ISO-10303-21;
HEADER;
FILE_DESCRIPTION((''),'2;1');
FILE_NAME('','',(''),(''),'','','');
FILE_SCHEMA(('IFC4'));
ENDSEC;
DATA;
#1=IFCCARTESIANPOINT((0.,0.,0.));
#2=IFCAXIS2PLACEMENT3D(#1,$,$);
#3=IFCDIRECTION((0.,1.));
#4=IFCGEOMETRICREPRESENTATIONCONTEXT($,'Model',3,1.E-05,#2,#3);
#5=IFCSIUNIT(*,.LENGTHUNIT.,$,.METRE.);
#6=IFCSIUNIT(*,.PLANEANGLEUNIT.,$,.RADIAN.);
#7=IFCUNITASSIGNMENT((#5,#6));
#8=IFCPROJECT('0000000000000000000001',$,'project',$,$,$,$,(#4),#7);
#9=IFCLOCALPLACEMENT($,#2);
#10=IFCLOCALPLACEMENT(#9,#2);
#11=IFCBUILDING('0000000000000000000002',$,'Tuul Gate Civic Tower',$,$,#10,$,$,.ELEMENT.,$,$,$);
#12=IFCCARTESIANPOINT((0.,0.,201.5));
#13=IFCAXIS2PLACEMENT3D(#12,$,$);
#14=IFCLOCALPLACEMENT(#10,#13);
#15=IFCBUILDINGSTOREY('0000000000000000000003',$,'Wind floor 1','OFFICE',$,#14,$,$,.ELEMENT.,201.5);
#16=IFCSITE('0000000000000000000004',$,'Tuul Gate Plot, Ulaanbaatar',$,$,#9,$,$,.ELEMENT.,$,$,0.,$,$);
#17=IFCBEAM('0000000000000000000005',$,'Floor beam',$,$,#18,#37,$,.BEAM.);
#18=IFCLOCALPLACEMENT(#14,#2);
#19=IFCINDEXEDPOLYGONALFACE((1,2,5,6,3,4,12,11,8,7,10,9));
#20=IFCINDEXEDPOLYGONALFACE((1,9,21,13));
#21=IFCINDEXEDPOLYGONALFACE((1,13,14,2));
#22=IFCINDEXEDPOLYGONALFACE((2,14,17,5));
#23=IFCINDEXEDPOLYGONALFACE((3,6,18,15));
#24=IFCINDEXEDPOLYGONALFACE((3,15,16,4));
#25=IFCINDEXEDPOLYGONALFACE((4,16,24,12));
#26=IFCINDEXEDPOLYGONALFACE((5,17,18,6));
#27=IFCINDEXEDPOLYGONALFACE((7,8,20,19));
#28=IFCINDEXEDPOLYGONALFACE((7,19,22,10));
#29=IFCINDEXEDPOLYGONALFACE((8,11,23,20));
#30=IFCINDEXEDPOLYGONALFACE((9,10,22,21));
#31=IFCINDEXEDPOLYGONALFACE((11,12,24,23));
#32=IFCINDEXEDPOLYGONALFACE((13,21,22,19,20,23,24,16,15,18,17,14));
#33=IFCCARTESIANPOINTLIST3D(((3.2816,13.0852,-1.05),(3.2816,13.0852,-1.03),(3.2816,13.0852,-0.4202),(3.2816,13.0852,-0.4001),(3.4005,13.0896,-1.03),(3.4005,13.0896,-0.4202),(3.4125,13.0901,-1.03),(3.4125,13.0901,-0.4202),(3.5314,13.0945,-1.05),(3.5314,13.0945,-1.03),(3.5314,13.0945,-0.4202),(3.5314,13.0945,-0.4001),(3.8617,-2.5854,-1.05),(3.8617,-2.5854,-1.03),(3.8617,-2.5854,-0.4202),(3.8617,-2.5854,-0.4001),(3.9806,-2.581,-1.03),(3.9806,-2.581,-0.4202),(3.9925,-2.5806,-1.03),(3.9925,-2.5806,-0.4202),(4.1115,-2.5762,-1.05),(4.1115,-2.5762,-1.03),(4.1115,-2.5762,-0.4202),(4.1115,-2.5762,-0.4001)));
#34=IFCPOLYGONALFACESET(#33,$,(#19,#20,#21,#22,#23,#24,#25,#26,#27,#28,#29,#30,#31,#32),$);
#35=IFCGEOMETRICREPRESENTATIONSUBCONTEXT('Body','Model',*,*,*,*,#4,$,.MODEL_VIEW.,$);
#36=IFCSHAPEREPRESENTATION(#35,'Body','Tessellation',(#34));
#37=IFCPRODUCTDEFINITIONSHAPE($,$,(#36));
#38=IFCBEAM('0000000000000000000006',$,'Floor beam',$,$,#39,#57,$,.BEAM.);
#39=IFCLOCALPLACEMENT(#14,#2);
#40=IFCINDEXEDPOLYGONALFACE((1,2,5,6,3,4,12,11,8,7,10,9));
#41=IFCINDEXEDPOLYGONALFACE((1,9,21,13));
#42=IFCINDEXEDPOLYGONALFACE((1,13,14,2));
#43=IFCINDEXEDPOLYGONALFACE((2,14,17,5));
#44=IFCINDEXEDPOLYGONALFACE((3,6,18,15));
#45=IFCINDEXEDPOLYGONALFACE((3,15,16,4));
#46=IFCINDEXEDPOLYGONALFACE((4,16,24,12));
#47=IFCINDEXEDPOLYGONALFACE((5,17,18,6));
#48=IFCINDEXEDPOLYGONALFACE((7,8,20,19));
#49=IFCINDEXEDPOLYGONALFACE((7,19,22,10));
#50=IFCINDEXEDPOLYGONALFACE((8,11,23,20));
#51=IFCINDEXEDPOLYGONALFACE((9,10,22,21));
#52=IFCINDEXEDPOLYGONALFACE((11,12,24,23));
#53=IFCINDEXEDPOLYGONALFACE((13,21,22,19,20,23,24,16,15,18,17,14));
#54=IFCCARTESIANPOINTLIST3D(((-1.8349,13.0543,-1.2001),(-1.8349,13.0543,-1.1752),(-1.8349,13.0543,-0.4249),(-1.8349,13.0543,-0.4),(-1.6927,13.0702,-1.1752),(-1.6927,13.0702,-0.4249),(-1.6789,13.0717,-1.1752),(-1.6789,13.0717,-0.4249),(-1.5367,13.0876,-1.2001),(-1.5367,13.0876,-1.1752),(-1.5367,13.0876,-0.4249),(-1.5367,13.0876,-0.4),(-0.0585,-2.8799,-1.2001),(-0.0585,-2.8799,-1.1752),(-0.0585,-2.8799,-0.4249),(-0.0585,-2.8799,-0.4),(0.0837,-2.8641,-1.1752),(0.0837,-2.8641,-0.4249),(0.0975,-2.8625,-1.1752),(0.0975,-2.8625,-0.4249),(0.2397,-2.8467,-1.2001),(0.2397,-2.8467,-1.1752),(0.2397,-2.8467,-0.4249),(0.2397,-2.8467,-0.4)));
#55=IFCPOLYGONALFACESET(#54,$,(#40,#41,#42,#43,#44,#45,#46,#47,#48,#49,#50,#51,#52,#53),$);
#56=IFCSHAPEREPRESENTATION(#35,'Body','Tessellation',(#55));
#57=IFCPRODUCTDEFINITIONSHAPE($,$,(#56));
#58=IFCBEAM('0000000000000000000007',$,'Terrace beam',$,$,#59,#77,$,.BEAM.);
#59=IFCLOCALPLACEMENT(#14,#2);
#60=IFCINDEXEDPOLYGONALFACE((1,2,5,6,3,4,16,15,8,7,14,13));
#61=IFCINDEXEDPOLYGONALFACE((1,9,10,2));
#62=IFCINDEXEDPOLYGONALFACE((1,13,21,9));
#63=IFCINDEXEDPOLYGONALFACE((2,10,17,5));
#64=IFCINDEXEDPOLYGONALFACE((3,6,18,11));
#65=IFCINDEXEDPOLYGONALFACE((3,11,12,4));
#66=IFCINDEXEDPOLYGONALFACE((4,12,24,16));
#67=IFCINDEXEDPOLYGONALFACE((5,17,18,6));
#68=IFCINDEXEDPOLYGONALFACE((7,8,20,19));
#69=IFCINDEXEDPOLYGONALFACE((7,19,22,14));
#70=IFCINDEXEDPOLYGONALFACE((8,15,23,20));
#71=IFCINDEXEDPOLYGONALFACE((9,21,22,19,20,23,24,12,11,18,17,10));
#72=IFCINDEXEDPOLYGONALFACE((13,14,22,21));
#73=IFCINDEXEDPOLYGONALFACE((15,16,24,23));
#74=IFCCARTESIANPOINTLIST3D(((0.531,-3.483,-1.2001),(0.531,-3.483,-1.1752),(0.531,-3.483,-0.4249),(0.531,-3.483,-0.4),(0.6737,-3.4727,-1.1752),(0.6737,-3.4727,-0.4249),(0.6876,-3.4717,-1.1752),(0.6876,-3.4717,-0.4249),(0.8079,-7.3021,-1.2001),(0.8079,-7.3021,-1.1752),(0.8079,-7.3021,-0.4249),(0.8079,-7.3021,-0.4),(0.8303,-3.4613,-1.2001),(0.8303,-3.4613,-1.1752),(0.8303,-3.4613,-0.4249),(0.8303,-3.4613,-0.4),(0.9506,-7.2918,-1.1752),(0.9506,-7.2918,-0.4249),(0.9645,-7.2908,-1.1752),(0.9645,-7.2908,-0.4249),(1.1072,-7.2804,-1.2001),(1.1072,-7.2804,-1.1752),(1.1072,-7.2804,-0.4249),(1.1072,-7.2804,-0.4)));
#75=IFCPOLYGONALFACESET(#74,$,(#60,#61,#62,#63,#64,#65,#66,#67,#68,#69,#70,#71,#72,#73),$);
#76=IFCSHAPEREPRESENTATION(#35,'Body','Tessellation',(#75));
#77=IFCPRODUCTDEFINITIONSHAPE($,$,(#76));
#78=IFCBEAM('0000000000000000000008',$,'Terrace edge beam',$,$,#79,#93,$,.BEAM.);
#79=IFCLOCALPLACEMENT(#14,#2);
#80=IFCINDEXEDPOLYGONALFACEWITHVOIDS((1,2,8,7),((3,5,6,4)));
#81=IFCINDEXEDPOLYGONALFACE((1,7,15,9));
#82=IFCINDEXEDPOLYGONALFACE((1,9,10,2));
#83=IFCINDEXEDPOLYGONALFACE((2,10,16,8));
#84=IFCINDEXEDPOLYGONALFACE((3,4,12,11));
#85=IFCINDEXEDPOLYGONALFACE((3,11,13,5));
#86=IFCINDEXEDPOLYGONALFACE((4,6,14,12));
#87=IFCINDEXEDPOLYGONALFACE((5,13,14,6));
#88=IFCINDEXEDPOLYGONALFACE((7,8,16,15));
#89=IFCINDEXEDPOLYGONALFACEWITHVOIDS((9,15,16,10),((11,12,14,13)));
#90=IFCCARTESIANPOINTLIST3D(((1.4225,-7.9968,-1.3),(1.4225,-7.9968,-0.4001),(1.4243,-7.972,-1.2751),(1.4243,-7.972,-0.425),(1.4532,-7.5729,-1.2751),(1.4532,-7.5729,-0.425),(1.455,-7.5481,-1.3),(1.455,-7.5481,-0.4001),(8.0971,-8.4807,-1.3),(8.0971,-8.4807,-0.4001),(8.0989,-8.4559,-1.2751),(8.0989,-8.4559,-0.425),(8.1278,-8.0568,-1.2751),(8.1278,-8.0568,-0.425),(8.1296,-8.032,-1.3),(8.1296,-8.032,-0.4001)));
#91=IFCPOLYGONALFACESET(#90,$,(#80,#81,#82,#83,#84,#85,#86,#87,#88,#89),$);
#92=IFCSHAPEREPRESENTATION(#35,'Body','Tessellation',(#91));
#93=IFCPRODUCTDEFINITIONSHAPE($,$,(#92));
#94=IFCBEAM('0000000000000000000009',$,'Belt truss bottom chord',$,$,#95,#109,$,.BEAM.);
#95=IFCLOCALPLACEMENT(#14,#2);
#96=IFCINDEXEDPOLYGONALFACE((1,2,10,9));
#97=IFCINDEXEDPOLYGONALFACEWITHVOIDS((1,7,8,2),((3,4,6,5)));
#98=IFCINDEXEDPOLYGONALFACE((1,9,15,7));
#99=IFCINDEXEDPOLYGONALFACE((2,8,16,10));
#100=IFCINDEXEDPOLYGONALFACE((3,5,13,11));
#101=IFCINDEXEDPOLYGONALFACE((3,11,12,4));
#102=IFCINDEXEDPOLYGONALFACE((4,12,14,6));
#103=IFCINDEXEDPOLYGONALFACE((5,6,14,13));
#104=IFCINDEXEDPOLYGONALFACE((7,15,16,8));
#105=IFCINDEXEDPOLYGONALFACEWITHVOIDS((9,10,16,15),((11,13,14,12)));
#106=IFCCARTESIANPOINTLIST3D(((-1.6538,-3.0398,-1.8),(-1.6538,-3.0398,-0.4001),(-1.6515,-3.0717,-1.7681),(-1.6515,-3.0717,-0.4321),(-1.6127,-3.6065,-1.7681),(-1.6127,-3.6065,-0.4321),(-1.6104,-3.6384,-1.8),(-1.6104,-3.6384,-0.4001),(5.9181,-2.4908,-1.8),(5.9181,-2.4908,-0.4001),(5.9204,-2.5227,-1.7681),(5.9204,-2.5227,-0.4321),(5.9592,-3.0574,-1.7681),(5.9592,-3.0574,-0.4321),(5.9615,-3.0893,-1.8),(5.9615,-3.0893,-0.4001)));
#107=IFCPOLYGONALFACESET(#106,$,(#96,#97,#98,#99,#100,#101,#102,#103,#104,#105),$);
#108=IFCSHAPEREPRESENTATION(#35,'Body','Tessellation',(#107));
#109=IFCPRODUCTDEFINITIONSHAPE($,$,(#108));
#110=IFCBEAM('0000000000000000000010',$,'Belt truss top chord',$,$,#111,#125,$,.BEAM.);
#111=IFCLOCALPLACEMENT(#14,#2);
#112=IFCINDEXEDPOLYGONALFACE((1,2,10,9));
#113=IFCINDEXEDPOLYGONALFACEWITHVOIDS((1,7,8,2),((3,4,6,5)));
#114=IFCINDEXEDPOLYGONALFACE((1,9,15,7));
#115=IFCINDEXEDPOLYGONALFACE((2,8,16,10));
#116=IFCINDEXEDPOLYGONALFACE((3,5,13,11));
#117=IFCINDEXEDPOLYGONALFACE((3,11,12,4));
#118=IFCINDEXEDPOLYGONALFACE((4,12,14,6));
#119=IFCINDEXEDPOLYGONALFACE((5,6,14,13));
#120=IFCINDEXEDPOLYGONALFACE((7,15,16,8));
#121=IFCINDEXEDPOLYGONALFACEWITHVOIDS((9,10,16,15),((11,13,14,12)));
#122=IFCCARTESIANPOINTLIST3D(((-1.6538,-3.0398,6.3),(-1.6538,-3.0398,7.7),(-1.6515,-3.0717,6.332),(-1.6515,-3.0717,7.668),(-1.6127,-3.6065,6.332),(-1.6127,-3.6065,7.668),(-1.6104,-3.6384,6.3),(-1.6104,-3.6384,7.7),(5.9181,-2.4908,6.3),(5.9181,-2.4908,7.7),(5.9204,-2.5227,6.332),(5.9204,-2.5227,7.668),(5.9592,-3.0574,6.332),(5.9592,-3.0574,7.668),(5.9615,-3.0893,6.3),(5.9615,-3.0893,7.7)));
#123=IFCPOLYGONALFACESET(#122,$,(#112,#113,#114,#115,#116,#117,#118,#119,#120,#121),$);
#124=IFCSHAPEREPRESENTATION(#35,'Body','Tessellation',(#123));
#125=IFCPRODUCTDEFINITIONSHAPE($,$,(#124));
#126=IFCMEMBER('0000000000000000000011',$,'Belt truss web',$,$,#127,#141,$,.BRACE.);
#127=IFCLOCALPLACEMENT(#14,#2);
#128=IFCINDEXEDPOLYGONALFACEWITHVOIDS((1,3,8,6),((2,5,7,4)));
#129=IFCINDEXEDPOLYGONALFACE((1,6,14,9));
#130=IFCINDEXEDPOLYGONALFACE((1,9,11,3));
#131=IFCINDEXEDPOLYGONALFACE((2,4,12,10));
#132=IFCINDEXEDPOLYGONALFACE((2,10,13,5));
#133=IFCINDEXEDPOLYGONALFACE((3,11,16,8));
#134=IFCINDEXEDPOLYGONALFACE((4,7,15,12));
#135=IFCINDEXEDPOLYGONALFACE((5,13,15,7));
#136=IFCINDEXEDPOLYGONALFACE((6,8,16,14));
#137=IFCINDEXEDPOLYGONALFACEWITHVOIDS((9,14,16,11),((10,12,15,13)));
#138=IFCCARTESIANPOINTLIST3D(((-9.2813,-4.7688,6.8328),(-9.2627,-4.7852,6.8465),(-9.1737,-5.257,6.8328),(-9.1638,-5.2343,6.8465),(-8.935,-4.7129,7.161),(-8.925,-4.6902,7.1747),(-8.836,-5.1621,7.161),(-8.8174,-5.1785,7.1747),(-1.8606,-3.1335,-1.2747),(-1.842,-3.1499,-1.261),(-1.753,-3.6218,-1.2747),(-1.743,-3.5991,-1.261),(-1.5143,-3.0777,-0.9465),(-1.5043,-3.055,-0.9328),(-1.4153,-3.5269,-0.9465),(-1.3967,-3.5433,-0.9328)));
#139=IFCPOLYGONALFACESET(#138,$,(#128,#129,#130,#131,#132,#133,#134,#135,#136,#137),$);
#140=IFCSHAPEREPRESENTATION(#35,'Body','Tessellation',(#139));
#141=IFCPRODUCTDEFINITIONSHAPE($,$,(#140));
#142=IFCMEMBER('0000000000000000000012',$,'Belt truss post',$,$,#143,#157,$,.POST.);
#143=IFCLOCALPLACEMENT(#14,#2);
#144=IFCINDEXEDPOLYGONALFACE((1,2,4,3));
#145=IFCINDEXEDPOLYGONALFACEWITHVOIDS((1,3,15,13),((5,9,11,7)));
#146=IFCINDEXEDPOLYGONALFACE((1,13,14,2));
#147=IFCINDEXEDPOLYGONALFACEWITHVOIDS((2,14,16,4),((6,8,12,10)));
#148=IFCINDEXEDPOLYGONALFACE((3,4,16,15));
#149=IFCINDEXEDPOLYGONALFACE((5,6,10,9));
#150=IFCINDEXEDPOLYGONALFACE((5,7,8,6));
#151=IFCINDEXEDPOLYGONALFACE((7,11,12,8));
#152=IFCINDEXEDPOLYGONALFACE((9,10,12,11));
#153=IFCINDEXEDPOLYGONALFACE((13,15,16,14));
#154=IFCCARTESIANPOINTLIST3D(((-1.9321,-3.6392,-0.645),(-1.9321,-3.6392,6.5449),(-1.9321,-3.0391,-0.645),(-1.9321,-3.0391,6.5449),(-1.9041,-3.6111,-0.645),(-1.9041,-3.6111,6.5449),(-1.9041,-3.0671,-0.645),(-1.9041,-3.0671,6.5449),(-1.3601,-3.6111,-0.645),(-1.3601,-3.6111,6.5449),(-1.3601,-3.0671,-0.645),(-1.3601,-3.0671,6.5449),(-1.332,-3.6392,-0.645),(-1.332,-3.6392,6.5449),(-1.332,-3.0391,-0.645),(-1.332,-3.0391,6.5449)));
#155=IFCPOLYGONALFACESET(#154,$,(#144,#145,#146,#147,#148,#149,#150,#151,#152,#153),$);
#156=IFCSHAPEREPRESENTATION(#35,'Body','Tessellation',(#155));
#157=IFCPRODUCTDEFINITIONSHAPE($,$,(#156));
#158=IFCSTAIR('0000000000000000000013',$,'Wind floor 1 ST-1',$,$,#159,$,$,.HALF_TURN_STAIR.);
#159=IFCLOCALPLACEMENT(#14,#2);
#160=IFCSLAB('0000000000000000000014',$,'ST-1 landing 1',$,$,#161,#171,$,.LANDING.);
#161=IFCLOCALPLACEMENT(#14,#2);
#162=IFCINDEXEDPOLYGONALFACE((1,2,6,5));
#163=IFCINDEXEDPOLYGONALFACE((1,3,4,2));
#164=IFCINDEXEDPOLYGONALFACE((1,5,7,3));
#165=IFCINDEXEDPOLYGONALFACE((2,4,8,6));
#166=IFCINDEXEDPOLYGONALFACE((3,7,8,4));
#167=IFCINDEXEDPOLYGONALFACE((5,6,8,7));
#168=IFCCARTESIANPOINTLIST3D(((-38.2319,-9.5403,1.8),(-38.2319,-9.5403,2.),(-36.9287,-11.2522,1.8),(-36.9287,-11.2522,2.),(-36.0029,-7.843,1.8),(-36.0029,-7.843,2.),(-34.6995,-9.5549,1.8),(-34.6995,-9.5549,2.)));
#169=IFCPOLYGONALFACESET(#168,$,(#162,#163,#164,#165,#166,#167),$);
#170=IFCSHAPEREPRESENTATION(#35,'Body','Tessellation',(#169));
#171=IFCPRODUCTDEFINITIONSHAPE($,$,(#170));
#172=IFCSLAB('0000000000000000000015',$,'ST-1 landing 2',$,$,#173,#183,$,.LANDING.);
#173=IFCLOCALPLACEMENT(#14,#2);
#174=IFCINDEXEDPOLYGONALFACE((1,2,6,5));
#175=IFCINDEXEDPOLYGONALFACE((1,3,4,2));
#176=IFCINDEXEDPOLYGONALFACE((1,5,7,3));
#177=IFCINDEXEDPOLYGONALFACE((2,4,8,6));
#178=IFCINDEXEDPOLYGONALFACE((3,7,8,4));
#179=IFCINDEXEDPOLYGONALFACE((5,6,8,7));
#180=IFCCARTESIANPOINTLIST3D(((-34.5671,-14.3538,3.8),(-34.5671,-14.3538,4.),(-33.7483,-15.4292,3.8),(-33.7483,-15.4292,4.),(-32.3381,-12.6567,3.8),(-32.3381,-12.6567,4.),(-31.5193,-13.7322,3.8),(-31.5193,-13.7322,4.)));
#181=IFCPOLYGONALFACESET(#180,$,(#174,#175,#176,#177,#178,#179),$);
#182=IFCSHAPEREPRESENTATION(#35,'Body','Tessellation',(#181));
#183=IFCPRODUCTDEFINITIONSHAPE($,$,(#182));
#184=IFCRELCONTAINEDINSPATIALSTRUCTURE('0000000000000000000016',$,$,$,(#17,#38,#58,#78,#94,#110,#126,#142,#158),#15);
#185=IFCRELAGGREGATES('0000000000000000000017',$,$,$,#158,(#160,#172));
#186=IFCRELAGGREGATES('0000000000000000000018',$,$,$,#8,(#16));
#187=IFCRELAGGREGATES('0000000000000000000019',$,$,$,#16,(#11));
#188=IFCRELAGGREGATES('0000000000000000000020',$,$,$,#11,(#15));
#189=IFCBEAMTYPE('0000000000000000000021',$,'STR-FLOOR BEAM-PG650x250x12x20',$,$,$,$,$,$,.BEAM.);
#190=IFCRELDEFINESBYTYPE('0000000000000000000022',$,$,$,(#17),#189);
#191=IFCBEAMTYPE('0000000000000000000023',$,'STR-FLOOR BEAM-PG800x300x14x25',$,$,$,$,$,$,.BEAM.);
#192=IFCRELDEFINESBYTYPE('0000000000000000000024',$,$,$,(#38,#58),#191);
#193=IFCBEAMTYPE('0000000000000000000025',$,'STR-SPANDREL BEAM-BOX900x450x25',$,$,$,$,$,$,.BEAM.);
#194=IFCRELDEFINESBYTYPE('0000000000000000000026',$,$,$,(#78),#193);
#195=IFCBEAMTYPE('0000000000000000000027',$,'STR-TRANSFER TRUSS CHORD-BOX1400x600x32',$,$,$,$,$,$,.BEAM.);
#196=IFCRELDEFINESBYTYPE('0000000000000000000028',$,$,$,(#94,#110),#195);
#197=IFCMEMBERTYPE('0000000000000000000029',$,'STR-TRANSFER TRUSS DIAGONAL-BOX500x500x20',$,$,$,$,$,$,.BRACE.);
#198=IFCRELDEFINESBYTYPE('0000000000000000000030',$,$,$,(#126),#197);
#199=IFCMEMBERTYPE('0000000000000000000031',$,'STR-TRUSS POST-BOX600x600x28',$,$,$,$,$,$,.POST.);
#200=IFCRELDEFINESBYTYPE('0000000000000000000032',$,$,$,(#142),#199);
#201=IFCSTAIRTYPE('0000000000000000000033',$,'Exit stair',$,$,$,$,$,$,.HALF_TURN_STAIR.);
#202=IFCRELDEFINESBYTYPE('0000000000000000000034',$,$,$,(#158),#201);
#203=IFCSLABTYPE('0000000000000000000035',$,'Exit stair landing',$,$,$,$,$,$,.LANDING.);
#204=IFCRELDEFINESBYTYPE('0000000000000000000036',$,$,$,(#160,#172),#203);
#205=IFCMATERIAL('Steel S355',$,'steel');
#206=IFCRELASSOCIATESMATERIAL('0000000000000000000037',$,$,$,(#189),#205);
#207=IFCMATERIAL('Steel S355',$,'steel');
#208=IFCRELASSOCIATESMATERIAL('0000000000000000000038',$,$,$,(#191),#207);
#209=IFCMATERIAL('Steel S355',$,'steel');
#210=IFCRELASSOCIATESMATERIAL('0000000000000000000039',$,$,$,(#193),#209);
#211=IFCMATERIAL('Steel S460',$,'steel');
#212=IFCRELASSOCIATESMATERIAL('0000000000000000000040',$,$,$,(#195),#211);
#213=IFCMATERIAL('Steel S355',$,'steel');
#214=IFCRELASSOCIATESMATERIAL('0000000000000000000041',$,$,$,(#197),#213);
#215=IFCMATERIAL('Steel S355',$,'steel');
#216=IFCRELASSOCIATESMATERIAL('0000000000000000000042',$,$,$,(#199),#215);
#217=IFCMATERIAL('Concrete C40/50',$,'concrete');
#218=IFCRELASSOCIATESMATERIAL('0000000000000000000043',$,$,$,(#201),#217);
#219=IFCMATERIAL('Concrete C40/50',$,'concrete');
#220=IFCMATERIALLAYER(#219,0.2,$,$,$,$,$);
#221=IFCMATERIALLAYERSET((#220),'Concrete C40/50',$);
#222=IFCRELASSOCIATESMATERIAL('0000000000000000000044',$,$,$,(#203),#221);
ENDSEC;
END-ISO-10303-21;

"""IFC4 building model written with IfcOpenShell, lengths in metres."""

from ifc_helpers import new_model, si_unit, direction, frame, origin, origin_2d, place, context, subcontext, project, spatial, polyline, hollow_rectangle, i_section, outline, extrude, material, layer, layer_set, material_profile, profile_set, type_object, element, aggregate, save


model = new_model("IFC4")

# Units and contexts
model_context = context("Model", 3, precision=1e-05, world=origin(), true_north=direction((0.0, 1.0)))
body_context = subcontext(model_context, "Body", "Model", "MODEL_VIEW")
ifc_project = project(units=[si_unit("LENGTHUNIT", "METRE"), si_unit("PLANEANGLEUNIT", "RADIAN")], contexts=[model_context])

# Site, building, storey
site_placement = place(None, origin())
site = spatial("IfcSite", under=ifc_project, at=site_placement, Name="Tuul Gate Plot, Ulaanbaatar", CompositionType="ELEMENT", RefElevation=0.0)
building_placement = place(site_placement, origin())
building = spatial("IfcBuilding", under=site, at=building_placement, Name="Tuul Gate Civic Tower", CompositionType="ELEMENT")
storey_placement = place(building_placement, frame((0.0, 0.0, 201.5)))
storey = spatial("IfcBuildingStorey", under=building, at=storey_placement, Name="Wind floor 1", Description="OFFICE", CompositionType="ELEMENT", Elevation=201.5)

# Beams
ifc_material_1 = material(Name="Steel S355", Category="steel")
ifc_material_profile_1 = material_profile(ifc_material_1, i_section(OverallWidth=0.25, OverallDepth=0.6499, WebThickness=0.012, FlangeThickness=0.02, at=origin_2d()), Name="PG650x250x12x20")
ifc_profile_set_1 = profile_set([ifc_material_profile_1], Name="Steel S355")
beam_type_1 = type_object("IfcBeamType", Name="STR-FLOOR BEAM-PG650x250x12x20", PredefinedType="BEAM", material=ifc_profile_set_1)
beam_1_placement = place(storey_placement, frame((3.9866, -2.5808, -0.7251), z_axis=(-0.036992, 0.999316, 0.0), x_axis=(-0.999316, -0.036992, 0.0)))
element("IfcBeam", 1, at=beam_1_placement, inside=storey, type_object=beam_type_1, Name="Floor beam", PredefinedType="BEAM", context=body_context, shape_type="SweptSolid", body=[
    extrude(i_section(OverallWidth=0.25, OverallDepth=0.6499, WebThickness=0.012, FlangeThickness=0.02, at=origin_2d()), origin(), (0.0, 0.0, 1.0), 15.6814),
])
ifc_material_2 = material(Name="Steel S355", Category="steel")
ifc_material_profile_2 = material_profile(ifc_material_2, i_section(OverallWidth=0.3, OverallDepth=0.8, WebThickness=0.0139, FlangeThickness=0.0249, at=origin_2d()), Name="PG800x300x14x25")
ifc_profile_set_2 = profile_set([ifc_material_profile_2], Name="Steel S355")
beam_type_2 = type_object("IfcBeamType", Name="STR-FLOOR BEAM-PG800x300x14x25", PredefinedType="BEAM", material=ifc_profile_set_2)
beam_2_placement = place(storey_placement, frame((0.0906, -2.8633, -0.8), z_axis=(-0.110794, 0.993843, 0.0), x_axis=(-0.993843, -0.110794, 0.0)))
element("IfcBeam", 2, at=beam_2_placement, inside=storey, type_object=beam_type_2, Name="Floor beam", PredefinedType="BEAM", context=body_context, shape_type="SweptSolid", body=[
    extrude(i_section(OverallWidth=0.3, OverallDepth=0.8, WebThickness=0.0139, FlangeThickness=0.0249, at=origin_2d()), origin(), (0.0, 0.0, 1.0), 16.033),
])
beam_3_placement = place(storey_placement, frame((0.9575, -7.2913, -0.8), z_axis=(-0.072303, 0.997383, 0.0), x_axis=(-0.997383, -0.072303, 0.0)))
element("IfcBeam", 3, at=beam_3_placement, inside=storey, type_object=beam_type_2, Name="Terrace beam", PredefinedType="BEAM", context=body_context, shape_type="SweptSolid", body=[
    extrude(i_section(OverallWidth=0.3, OverallDepth=0.8, WebThickness=0.0139, FlangeThickness=0.0249, at=origin_2d()), origin(), (0.0, 0.0, 1.0), 3.8291),
])
ifc_material_3 = material(Name="Steel S355", Category="steel")
ifc_material_profile_3 = material_profile(ifc_material_3, hollow_rectangle(XDim=0.45, YDim=0.8999, WallThickness=0.0249, at=origin_2d()), Name="BOX900x450x25")
ifc_profile_set_3 = profile_set([ifc_material_profile_3], Name="Steel S355")
beam_type_3 = type_object("IfcBeamType", Name="STR-SPANDREL BEAM-BOX900x450x25", PredefinedType="BEAM", material=ifc_profile_set_3)
beam_4_placement = place(storey_placement, frame((1.4387, -7.7725, -0.8501), z_axis=(0.997382, -0.072307, 0.0), x_axis=(0.072307, 0.997382, 0.0)))
element("IfcBeam", 4, at=beam_4_placement, inside=storey, type_object=beam_type_3, Name="Terrace edge beam", PredefinedType="BEAM", context=body_context, shape_type="SweptSolid", body=[
    extrude(hollow_rectangle(XDim=0.45, YDim=0.8999, WallThickness=0.0249, at=origin_2d()), origin(), (0.0, 0.0, 1.0), 6.6921),
])
ifc_material_4 = material(Name="Steel S460", Category="steel")
ifc_material_profile_4 = material_profile(ifc_material_4, hollow_rectangle(XDim=0.6001, YDim=1.3999, WallThickness=0.032, at=origin_2d()), Name="BOX1400x600x32")
ifc_profile_set_4 = profile_set([ifc_material_profile_4], Name="Steel S460")
beam_type_4 = type_object("IfcBeamType", Name="STR-TRANSFER TRUSS CHORD-BOX1400x600x32", PredefinedType="BEAM", material=ifc_profile_set_4)
for number, where, z_axis, x_axis, name in (
    (5, (-1.6321, -3.3391, -1.1001), (0.997381, 0.072323, 0.0), (-0.072323, 0.997381, 0.0), "Belt truss bottom chord"),
    (6, (-1.6321, -3.3391, 7.0), (0.997381, 0.072323, 0.0), (-0.072323, 0.997381, 0.0), "Belt truss top chord"),
):
    element("IfcBeam", number, at=place(storey_placement, frame(where, z_axis=z_axis, x_axis=x_axis)), inside=storey, type_object=beam_type_4, Name=name, PredefinedType="BEAM", context=body_context, shape_type="SweptSolid", body=[
        extrude(hollow_rectangle(XDim=0.6001, YDim=1.3999, WallThickness=0.032, at=origin_2d()), origin(), (0.0, 0.0, 1.0), 7.5918),
    ])

# Members
ifc_material_5 = material(Name="Steel S355", Category="steel")
ifc_material_profile_5 = material_profile(ifc_material_5, hollow_rectangle(XDim=0.5, YDim=0.5, WallThickness=0.02, at=origin_2d()), Name="BOX500x500x20")
ifc_profile_set_5 = profile_set([ifc_material_profile_5], Name="Steel S355")
member_type_1 = type_object("IfcMemberType", Name="STR-TRANSFER TRUSS DIAGONAL-BOX500x500x20", PredefinedType="BRACE", material=ifc_profile_set_5)
member_1_placement = place(storey_placement, frame((-1.6287, -3.3384, -1.1038), z_axis=(-0.667822, -0.147165, 0.729628), x_axis=(0.215202, -0.97657, 0.0)))
element("IfcMember", 7, at=member_1_placement, inside=storey, type_object=member_type_1, Name="Belt truss web", PredefinedType="BRACE", context=body_context, shape_type="SweptSolid", body=[
    extrude(hollow_rectangle(XDim=0.5, YDim=0.5, WallThickness=0.02, at=origin_2d()), origin(), (0.0, 0.0, 1.0), 11.1118),
])
ifc_material_6 = material(Name="Steel S355", Category="steel")
ifc_material_profile_6 = material_profile(ifc_material_6, hollow_rectangle(XDim=0.6001, YDim=0.6001, WallThickness=0.0281, at=origin_2d()), Name="BOX600x600x28")
ifc_profile_set_6 = profile_set([ifc_material_profile_6], Name="Steel S355")
member_type_2 = type_object("IfcMemberType", Name="STR-TRUSS POST-BOX600x600x28", PredefinedType="POST", material=ifc_profile_set_6)
member_2_placement = place(storey_placement, frame((-1.6321, -3.3391, -0.645), z_axis=(0.0, 0.0, 1.0), x_axis=(1.0, 0.0, 0.0)))
element("IfcMember", 8, at=member_2_placement, inside=storey, type_object=member_type_2, Name="Belt truss post", PredefinedType="POST", context=body_context, shape_type="SweptSolid", body=[
    extrude(hollow_rectangle(XDim=0.6001, YDim=0.6001, WallThickness=0.0281, at=origin_2d()), origin(), (0.0, 0.0, 1.0), 7.1899),
])

# Stair, slabs
ifc_material_7 = material(Name="Concrete C40/50", Category="concrete")
stair_type = type_object("IfcStairType", Name="Exit stair", PredefinedType="HALF_TURN_STAIR", material=ifc_material_7)
stair_1_placement = place(storey_placement, origin())
stair_1 = element("IfcStair", 9, at=stair_1_placement, inside=storey, type_object=stair_type, Name="Wind floor 1 ST-1", PredefinedType="HALF_TURN_STAIR")
ifc_material_8 = material(Name="Concrete C40/50", Category="concrete")
ifc_layer_1 = layer(ifc_material_8, 0.2)
ifc_layer_set_1 = layer_set([ifc_layer_1], Name="Concrete C40/50")
slab_type = type_object("IfcSlabType", Name="Exit stair landing", PredefinedType="LANDING", material=ifc_layer_set_1)
slab_1_placement = place(storey_placement, frame((0.0, 0.0, 1.8)))
slab_1 = element("IfcSlab", 10, at=slab_1_placement, type_object=slab_type, Name="ST-1 landing 1", PredefinedType="LANDING", context=body_context, shape_type="SweptSolid", body=[
    extrude(outline(polyline([(-34.6995, -9.5549), (-36.9287, -11.2522), (-38.2319, -9.5403), (-36.0029, -7.843), (-34.6995, -9.5549)])), origin(), (0.0, 0.0, 1.0), 0.2),
])
slab_2_placement = place(storey_placement, frame((0.0, 0.0, 3.8)))
slab_2 = element("IfcSlab", 11, at=slab_2_placement, type_object=slab_type, Name="ST-1 landing 2", PredefinedType="LANDING", context=body_context, shape_type="SweptSolid", body=[
    extrude(outline(polyline([(-31.5193, -13.7322), (-33.7483, -15.4292), (-34.5671, -14.3538), (-32.3381, -12.6567), (-31.5193, -13.7322)])), origin(), (0.0, 0.0, 1.0), 0.2),
])
aggregate(stair_1, [slab_1, slab_2])

save(model, "model.ifc")
